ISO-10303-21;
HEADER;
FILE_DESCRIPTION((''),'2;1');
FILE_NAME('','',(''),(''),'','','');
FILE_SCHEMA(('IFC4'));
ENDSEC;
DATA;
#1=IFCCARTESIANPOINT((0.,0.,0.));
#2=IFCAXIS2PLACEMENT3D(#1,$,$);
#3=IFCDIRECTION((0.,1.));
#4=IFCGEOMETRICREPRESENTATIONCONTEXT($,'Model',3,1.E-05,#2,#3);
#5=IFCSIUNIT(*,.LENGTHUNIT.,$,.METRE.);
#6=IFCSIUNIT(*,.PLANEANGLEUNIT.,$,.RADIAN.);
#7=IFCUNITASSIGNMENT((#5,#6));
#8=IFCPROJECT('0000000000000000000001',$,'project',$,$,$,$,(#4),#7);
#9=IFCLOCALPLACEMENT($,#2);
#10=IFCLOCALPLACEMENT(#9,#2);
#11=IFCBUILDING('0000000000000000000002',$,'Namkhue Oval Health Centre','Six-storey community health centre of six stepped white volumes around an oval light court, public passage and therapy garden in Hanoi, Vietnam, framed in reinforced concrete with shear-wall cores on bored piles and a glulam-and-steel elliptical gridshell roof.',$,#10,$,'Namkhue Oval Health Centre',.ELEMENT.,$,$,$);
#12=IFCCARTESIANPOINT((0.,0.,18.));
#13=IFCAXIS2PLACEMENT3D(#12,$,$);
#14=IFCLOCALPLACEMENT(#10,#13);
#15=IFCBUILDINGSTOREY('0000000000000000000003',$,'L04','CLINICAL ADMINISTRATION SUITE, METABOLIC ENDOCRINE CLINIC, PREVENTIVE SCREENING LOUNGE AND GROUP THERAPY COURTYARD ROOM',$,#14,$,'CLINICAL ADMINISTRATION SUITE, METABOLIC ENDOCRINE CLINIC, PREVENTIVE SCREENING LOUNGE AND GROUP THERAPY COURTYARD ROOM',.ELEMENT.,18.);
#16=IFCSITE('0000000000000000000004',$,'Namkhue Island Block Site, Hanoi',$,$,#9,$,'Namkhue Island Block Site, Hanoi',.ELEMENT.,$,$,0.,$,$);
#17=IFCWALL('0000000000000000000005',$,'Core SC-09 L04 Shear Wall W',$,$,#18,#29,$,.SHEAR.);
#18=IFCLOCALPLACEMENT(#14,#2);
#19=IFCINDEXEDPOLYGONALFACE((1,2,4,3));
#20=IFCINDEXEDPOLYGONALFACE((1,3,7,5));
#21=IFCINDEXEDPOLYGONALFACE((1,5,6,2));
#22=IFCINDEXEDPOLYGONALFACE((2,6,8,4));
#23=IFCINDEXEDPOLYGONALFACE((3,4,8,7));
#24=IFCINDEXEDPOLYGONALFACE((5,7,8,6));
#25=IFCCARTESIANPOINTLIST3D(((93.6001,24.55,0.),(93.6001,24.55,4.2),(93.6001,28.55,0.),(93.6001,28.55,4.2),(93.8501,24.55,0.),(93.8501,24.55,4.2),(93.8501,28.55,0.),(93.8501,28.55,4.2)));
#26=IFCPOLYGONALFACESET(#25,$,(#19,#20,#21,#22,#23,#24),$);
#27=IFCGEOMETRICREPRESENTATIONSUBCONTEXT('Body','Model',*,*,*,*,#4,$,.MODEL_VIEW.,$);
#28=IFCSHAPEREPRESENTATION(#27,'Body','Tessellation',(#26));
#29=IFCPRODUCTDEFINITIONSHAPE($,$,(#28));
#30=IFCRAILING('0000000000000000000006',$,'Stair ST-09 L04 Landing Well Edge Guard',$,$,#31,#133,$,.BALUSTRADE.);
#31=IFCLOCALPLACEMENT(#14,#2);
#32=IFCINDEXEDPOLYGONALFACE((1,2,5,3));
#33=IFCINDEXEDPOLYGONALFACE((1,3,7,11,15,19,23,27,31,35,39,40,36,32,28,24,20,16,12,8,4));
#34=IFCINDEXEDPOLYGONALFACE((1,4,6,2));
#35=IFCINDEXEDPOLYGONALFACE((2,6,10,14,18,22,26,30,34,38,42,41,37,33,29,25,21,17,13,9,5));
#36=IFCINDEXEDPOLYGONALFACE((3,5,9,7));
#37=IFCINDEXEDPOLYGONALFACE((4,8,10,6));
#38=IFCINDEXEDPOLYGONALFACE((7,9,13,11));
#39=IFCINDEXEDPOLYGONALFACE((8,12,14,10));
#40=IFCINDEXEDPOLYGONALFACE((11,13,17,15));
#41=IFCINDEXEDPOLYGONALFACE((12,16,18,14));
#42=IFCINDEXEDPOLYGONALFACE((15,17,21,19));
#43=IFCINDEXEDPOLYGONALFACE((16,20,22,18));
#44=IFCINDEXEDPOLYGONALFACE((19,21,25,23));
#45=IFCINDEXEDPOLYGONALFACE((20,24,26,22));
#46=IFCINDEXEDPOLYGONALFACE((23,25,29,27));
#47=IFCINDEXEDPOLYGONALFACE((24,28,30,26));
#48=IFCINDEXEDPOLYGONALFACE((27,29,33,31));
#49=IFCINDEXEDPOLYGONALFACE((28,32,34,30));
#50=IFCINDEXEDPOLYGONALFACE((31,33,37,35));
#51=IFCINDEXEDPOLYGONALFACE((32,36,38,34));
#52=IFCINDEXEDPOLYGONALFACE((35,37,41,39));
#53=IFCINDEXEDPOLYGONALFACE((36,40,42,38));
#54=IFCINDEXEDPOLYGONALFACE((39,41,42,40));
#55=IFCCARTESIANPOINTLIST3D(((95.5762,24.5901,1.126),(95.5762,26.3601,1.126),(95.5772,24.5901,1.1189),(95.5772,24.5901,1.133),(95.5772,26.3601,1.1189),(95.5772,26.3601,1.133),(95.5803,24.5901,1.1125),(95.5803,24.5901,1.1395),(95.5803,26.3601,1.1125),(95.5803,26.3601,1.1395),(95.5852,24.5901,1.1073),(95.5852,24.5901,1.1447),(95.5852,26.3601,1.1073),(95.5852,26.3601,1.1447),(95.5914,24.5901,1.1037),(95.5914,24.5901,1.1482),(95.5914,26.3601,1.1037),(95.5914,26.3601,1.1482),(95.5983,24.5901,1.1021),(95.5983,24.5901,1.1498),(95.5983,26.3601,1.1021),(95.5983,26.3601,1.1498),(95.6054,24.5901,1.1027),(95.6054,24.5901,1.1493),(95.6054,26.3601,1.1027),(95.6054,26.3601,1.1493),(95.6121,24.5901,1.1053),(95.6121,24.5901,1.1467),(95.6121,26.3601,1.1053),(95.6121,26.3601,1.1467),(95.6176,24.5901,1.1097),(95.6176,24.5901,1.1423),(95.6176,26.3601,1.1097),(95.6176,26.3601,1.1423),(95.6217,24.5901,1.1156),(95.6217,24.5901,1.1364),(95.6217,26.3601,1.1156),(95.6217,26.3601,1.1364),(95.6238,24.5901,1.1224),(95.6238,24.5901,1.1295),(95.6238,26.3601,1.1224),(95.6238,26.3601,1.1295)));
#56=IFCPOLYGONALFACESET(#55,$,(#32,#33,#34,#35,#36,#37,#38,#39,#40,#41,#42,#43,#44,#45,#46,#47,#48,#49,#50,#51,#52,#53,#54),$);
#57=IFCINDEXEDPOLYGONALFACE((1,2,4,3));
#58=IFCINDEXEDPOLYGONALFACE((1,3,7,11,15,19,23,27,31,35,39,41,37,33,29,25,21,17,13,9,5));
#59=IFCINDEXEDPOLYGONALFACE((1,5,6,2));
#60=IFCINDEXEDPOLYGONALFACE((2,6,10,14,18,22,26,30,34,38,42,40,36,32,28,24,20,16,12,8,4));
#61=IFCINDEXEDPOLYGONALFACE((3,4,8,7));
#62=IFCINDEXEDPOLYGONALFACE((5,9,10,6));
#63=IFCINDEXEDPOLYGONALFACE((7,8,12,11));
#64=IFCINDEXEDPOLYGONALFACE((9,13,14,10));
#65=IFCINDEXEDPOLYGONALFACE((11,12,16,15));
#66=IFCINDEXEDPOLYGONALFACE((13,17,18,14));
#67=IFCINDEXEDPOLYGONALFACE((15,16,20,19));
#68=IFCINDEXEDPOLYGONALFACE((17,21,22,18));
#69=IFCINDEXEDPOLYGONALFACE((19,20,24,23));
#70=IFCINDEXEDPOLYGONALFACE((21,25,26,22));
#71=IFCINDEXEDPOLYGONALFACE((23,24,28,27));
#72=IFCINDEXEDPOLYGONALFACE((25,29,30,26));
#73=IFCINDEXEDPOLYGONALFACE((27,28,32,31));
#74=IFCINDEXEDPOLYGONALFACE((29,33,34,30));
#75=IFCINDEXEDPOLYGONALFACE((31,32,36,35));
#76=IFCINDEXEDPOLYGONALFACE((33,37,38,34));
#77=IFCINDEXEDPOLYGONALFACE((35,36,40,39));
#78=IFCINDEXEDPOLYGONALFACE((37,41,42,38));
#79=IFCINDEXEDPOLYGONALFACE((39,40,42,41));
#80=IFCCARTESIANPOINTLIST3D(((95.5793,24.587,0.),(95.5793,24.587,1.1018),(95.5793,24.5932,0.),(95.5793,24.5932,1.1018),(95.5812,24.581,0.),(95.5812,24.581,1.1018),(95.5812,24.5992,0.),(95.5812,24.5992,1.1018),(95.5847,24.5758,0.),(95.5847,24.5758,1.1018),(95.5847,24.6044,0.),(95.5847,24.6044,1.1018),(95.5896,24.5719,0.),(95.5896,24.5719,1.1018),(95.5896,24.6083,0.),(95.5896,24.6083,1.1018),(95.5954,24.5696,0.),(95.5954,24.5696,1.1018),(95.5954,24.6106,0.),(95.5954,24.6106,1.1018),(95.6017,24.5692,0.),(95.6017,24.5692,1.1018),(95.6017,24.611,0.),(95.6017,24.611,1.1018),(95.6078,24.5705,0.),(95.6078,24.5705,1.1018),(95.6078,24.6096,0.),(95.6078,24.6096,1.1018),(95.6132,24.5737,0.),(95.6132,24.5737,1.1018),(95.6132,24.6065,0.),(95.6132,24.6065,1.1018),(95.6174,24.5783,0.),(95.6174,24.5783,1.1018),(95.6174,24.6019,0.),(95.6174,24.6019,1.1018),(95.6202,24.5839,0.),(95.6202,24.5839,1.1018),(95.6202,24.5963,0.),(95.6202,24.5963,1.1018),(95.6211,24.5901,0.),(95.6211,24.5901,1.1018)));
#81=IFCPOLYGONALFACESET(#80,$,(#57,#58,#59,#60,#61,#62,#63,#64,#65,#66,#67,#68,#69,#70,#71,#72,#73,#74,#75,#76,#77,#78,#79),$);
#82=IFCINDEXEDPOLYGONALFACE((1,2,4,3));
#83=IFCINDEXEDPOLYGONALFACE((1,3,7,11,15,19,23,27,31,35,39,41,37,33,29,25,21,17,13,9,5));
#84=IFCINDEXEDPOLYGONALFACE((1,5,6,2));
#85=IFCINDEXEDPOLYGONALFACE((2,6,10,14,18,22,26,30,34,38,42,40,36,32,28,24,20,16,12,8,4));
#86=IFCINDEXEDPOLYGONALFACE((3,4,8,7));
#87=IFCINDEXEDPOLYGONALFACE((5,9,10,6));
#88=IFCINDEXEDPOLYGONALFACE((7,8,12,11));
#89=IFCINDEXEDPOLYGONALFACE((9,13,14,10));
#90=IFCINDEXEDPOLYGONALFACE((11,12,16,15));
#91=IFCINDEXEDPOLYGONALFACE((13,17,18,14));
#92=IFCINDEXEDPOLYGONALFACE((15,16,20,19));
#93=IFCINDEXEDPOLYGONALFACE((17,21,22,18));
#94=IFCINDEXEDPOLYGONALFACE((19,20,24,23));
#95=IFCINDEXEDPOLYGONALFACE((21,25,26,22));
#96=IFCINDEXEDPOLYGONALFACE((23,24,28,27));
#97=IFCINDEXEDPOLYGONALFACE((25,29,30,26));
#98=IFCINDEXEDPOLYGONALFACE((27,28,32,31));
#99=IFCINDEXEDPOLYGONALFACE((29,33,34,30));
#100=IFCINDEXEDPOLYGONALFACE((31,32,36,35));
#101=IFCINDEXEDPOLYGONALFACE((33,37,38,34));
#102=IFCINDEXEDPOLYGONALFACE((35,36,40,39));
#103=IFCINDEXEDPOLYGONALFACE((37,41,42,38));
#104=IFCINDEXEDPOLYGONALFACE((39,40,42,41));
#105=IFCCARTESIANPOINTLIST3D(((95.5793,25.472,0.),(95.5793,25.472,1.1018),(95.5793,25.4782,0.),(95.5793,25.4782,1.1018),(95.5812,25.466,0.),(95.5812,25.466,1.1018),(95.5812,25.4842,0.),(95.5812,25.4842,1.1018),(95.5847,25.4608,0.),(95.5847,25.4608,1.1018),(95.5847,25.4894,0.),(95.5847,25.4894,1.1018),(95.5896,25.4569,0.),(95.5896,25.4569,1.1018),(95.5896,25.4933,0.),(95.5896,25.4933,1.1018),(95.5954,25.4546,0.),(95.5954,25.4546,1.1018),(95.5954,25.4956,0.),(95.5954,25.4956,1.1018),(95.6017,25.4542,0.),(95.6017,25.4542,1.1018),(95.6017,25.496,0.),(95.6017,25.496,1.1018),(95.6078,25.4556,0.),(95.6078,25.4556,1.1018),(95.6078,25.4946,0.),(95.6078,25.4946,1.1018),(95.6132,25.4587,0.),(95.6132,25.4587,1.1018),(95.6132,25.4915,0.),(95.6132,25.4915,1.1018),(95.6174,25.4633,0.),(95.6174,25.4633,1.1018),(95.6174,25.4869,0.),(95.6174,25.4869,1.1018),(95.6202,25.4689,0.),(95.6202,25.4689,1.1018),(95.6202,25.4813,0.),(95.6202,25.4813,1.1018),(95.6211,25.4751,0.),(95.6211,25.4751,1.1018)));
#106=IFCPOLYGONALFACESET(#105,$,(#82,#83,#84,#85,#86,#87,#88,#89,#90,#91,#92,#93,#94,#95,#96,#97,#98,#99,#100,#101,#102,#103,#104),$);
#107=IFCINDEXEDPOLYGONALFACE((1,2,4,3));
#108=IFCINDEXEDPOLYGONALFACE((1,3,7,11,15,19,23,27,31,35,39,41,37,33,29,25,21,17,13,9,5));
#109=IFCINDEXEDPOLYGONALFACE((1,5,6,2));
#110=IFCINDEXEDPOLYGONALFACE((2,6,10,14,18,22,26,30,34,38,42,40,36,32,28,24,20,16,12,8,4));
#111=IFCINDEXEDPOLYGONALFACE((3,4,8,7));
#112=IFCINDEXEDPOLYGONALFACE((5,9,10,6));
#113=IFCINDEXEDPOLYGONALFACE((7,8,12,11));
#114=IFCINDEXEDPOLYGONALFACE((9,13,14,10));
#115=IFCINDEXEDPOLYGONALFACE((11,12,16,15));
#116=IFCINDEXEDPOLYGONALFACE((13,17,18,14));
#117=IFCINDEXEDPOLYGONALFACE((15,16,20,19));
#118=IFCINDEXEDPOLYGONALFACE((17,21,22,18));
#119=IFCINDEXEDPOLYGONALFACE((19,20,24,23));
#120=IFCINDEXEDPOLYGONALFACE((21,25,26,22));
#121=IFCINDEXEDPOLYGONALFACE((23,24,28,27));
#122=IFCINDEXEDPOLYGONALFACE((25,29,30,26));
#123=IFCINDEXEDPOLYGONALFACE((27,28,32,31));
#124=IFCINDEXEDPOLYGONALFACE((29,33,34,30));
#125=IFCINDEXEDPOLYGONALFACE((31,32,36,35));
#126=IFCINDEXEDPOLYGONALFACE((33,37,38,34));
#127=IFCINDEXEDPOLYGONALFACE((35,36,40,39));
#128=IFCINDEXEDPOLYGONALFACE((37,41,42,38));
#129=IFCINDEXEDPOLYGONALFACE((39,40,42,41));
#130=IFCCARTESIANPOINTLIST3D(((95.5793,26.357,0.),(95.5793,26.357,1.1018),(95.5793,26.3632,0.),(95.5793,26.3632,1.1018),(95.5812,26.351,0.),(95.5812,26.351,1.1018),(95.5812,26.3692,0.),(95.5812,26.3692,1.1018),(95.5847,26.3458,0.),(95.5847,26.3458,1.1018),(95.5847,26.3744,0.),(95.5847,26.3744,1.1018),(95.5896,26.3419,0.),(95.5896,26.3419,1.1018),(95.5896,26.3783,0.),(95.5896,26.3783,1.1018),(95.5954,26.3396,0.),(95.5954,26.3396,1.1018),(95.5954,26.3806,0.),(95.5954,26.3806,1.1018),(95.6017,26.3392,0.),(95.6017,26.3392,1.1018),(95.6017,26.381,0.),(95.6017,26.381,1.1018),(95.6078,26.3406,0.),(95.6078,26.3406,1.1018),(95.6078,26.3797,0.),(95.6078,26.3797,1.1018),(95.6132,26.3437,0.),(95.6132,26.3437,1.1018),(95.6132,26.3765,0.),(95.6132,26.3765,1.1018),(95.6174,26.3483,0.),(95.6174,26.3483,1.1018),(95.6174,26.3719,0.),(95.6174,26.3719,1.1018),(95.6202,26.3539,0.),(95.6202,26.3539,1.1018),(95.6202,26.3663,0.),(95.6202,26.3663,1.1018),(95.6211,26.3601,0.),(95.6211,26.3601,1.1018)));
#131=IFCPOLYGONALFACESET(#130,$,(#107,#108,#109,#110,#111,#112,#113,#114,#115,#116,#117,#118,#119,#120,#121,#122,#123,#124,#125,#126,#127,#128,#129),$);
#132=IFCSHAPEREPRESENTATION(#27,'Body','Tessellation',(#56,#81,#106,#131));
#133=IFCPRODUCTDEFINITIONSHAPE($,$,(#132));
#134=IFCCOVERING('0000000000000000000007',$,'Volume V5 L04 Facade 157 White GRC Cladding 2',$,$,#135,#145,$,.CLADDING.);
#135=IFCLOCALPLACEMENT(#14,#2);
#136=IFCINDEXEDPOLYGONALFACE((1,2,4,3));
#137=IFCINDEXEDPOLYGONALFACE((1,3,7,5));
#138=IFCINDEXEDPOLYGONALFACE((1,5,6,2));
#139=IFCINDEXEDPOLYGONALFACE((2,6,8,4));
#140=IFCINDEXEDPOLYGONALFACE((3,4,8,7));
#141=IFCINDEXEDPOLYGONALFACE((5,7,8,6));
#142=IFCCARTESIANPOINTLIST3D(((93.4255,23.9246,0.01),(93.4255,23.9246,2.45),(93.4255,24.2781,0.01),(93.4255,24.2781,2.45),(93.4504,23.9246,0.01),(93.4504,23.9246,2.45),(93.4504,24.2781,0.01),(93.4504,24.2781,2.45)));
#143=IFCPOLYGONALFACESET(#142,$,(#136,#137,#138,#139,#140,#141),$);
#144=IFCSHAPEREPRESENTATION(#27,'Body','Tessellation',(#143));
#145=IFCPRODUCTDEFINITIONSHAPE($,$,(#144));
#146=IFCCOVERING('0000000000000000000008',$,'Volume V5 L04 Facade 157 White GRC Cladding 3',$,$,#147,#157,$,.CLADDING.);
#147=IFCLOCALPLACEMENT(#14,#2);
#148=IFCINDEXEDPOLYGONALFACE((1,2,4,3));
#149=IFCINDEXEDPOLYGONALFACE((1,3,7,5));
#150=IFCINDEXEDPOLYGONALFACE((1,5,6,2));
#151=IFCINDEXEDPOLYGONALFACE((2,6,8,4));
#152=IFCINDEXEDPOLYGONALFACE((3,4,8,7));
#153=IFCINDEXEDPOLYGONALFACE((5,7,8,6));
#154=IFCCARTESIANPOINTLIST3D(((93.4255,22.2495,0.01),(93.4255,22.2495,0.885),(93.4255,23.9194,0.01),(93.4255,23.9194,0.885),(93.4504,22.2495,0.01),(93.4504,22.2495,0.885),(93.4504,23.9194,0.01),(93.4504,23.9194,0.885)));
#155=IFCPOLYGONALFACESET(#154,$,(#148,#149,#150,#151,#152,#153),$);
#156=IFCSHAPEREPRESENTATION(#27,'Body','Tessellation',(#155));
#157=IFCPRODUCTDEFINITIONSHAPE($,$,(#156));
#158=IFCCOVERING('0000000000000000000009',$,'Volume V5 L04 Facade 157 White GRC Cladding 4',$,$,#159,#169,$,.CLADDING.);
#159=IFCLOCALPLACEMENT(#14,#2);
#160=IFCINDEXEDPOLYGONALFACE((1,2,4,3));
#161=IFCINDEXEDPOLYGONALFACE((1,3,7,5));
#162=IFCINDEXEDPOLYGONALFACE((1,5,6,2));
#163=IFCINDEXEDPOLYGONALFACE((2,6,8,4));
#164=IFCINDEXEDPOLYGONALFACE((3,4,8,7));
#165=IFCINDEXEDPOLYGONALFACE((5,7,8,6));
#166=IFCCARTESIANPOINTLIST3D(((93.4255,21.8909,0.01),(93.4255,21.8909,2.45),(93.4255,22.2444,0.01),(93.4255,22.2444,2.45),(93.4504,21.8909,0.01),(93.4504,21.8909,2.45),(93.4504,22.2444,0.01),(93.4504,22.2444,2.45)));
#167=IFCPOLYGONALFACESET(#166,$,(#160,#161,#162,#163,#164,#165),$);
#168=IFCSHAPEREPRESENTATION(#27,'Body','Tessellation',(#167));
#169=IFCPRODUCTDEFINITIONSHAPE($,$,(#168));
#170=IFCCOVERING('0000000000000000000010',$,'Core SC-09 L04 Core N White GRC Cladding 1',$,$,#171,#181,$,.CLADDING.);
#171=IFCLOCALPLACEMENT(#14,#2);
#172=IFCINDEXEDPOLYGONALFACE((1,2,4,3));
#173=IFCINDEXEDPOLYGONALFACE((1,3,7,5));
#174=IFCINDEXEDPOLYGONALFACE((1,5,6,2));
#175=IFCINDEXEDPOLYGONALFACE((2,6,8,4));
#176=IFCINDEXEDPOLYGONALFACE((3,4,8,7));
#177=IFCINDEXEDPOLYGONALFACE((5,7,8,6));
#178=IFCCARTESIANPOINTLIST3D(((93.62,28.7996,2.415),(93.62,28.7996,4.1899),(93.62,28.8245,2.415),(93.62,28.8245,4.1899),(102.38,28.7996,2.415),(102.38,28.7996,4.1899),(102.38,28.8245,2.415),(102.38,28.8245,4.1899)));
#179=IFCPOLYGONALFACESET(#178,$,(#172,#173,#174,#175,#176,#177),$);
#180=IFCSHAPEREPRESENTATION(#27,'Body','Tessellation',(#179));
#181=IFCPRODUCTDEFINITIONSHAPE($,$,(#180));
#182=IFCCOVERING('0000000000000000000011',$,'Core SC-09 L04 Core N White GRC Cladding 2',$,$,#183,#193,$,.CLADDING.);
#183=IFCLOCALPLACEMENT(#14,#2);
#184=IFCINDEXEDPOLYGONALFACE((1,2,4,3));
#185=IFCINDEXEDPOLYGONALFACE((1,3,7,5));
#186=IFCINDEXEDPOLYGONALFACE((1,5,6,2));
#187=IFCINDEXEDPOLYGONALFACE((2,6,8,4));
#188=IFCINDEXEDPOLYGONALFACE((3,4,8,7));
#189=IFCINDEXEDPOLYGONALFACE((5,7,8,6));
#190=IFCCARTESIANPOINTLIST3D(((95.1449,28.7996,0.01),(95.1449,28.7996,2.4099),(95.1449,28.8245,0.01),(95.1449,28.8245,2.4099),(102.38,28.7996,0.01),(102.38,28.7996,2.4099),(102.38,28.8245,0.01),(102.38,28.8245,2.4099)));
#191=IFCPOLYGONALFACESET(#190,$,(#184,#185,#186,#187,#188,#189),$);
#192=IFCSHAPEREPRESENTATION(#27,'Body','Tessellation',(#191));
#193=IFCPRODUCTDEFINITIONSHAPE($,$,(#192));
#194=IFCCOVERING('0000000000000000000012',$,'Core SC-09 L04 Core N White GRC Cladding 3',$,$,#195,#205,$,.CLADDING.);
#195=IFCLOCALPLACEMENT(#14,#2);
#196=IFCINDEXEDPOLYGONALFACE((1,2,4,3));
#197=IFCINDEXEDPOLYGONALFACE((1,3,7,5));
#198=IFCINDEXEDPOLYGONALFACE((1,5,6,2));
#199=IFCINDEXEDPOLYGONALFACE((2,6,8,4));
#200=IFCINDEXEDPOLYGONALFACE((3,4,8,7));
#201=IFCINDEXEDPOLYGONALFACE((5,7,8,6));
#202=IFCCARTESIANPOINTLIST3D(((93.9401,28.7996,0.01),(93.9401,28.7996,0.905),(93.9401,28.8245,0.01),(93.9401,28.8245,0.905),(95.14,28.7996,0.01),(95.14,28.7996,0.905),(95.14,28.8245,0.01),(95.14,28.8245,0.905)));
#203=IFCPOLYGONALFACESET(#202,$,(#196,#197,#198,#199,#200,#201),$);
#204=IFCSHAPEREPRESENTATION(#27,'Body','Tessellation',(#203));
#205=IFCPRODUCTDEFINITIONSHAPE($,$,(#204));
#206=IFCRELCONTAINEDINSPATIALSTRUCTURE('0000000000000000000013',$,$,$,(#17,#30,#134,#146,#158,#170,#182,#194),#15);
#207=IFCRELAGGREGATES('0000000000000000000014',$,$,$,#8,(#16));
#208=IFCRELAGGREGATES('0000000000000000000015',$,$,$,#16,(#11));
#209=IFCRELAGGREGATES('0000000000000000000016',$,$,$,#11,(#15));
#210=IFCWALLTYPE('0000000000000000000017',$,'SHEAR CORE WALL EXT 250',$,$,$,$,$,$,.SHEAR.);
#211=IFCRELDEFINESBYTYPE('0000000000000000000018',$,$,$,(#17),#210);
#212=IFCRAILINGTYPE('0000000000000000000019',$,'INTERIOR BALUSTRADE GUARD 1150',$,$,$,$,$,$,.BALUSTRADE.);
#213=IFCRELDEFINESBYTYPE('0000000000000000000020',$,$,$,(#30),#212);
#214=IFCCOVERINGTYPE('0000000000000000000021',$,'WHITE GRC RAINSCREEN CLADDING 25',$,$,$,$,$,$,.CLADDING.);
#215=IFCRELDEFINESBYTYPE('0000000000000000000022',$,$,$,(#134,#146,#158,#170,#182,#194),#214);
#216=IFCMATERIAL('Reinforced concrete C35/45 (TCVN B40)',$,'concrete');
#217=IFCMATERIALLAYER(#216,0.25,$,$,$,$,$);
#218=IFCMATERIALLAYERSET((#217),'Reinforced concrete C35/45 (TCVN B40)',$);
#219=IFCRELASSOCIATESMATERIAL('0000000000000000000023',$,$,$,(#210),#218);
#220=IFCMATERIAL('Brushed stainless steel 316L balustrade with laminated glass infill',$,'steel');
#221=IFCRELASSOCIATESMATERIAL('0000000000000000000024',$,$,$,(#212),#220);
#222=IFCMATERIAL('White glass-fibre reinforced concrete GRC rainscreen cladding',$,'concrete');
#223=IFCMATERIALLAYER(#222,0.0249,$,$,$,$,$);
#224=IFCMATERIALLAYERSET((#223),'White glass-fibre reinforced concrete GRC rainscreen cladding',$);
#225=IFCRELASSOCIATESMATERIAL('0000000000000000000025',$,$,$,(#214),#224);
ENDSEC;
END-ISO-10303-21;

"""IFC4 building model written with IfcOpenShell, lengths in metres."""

from ifc_helpers import new_model, si_unit, direction, frame, frame_2d, origin, origin_2d, place, context, subcontext, project, spatial, rectangle, circle, extrude, material, layer, layer_set, type_object, element, save


model = new_model("IFC4")

# Units and contexts
model_context = context("Model", 3, precision=1e-05, world=origin(), true_north=direction((0.0, 1.0)))
body_context = subcontext(model_context, "Body", "Model", "MODEL_VIEW")
ifc_project = project(units=[si_unit("LENGTHUNIT", "METRE"), si_unit("PLANEANGLEUNIT", "RADIAN")], contexts=[model_context])

# Site, building, storey
site_placement = place(None, origin())
site = spatial("IfcSite", under=ifc_project, at=site_placement, Name="Namkhue Island Block Site, Hanoi", LongName="Namkhue Island Block Site, Hanoi", CompositionType="ELEMENT", RefElevation=0.0)
building_placement = place(site_placement, origin())
building = spatial("IfcBuilding", under=site, at=building_placement, Name="Namkhue Oval Health Centre", Description="Six-storey community health centre of six stepped white volumes around an oval light court, public passage and therapy garden in Hanoi, Vietnam, framed in reinforced concrete with shear-wall cores on bored piles and a glulam-and-steel elliptical gridshell roof.", LongName="Namkhue Oval Health Centre", CompositionType="ELEMENT")
storey_placement = place(building_placement, frame((0.0, 0.0, 18.0)))
storey = spatial("IfcBuildingStorey", under=building, at=storey_placement, Name="L04", Description="CLINICAL ADMINISTRATION SUITE, METABOLIC ENDOCRINE CLINIC, PREVENTIVE SCREENING LOUNGE AND GROUP THERAPY COURTYARD ROOM", LongName="CLINICAL ADMINISTRATION SUITE, METABOLIC ENDOCRINE CLINIC, PREVENTIVE SCREENING LOUNGE AND GROUP THERAPY COURTYARD ROOM", CompositionType="ELEMENT", Elevation=18.0)

# Shared definitions
ifc_material_1 = material(Name="Reinforced concrete C35/45 (TCVN B40)", Category="concrete")

# Wall
ifc_layer_1 = layer(ifc_material_1, 0.25)
ifc_layer_set_1 = layer_set([ifc_layer_1], Name="Reinforced concrete C35/45 (TCVN B40)")
wall_type_1 = type_object("IfcWallType", Name="SHEAR CORE WALL EXT 250", PredefinedType="SHEAR", material=ifc_layer_set_1)
wall_1_placement = place(storey_placement, frame((93.7251, 28.55, 0.0), z_axis=(0.0, 0.0, 1.0), x_axis=(0.0, -1.0, 0.0)))
element("IfcWall", 1, at=wall_1_placement, inside=storey, type_object=wall_type_1, Name="Core SC-09 L04 Shear Wall W", PredefinedType="SHEAR", context=body_context, shape_type="SweptSolid", body=[
    extrude(rectangle(XDim=4.0, YDim=0.25, at=frame_2d((2.0, 0.0))), origin(), (0.0, 0.0, 1.0), 4.2),
])

# Railing
ifc_material_2 = material(Name="Brushed stainless steel 316L balustrade with laminated glass infill", Category="steel")
railing_type = type_object("IfcRailingType", Name="INTERIOR BALUSTRADE GUARD 1150", PredefinedType="BALUSTRADE", material=ifc_material_2)
railing_placement = place(storey_placement, frame((95.6001, 24.5901, 0.0)))
element("IfcRailing", 2, at=railing_placement, inside=storey, type_object=railing_type, Name="Stair ST-09 L04 Landing Well Edge Guard", PredefinedType="BALUSTRADE", context=body_context, shape_type="SweptSolid", body=[
    extrude(circle(Radius=0.0239, at=origin_2d()), frame((0.0, 0.0, 1.126), z_axis=(0.0, 1.0, 0.0), x_axis=(-1.0, 0.0, 0.0)), (0.0, 0.0, 1.0), 1.77),
    extrude(circle(Radius=0.021, at=origin_2d()), origin(), (0.0, 0.0, 1.0), 1.1018),
    extrude(circle(Radius=0.021, at=origin_2d()), frame((0.0, 0.885, 0.0)), (0.0, 0.0, 1.0), 1.1018),
    extrude(circle(Radius=0.021, at=origin_2d()), frame((0.0, 1.77, 0.0)), (0.0, 0.0, 1.0), 1.1018),
])

# Coverings
ifc_material_3 = material(Name="White glass-fibre reinforced concrete GRC rainscreen cladding", Category="concrete")
ifc_layer_2 = layer(ifc_material_3, 0.0249)
ifc_layer_set_2 = layer_set([ifc_layer_2], Name="White glass-fibre reinforced concrete GRC rainscreen cladding")
covering_type = type_object("IfcCoveringType", Name="WHITE GRC RAINSCREEN CLADDING 25", PredefinedType="CLADDING", material=ifc_layer_set_2)
covering_1_placement = place(storey_placement, frame((93.438, 24.1013, 0.01), z_axis=(0.0, 0.0, 1.0), x_axis=(0.0, -1.0, 0.0)))
element("IfcCovering", 3, at=covering_1_placement, inside=storey, type_object=covering_type, Name="Volume V5 L04 Facade 157 White GRC Cladding 2", PredefinedType="CLADDING", context=body_context, shape_type="SweptSolid", body=[
    extrude(rectangle(XDim=0.3535, YDim=0.0249, at=origin_2d()), origin(), (0.0, 0.0, 1.0), 2.4399),
])
covering_2_placement = place(storey_placement, frame((93.438, 23.0845, 0.01), z_axis=(0.0, 0.0, 1.0), x_axis=(0.0, -1.0, 0.0)))
element("IfcCovering", 4, at=covering_2_placement, inside=storey, type_object=covering_type, Name="Volume V5 L04 Facade 157 White GRC Cladding 3", PredefinedType="CLADDING", context=body_context, shape_type="SweptSolid", body=[
    extrude(rectangle(XDim=1.6699, YDim=0.0249, at=origin_2d()), origin(), (0.0, 0.0, 1.0), 0.875),
])
covering_3_placement = place(storey_placement, frame((93.438, 22.0676, 0.01), z_axis=(0.0, 0.0, 1.0), x_axis=(0.0, -1.0, 0.0)))
element("IfcCovering", 5, at=covering_3_placement, inside=storey, type_object=covering_type, Name="Volume V5 L04 Facade 157 White GRC Cladding 4", PredefinedType="CLADDING", context=body_context, shape_type="SweptSolid", body=[
    extrude(rectangle(XDim=0.3535, YDim=0.0249, at=origin_2d()), origin(), (0.0, 0.0, 1.0), 2.4399),
])
covering_4_placement = place(storey_placement, frame((98.0, 28.812, 2.415), z_axis=(0.0, 0.0, 1.0), x_axis=(-1.0, 0.0, 0.0)))
element("IfcCovering", 6, at=covering_4_placement, inside=storey, type_object=covering_type, Name="Core SC-09 L04 Core N White GRC Cladding 1", PredefinedType="CLADDING", context=body_context, shape_type="SweptSolid", body=[
    extrude(rectangle(XDim=8.76, YDim=0.0249, at=origin_2d()), origin(), (0.0, 0.0, 1.0), 1.7749),
])
covering_5_placement = place(storey_placement, frame((98.7625, 28.812, 0.01), z_axis=(0.0, 0.0, 1.0), x_axis=(-1.0, 0.0, 0.0)))
element("IfcCovering", 7, at=covering_5_placement, inside=storey, type_object=covering_type, Name="Core SC-09 L04 Core N White GRC Cladding 2", PredefinedType="CLADDING", context=body_context, shape_type="SweptSolid", body=[
    extrude(rectangle(XDim=7.2351, YDim=0.0249, at=origin_2d()), origin(), (0.0, 0.0, 1.0), 2.3999),
])
covering_6_placement = place(storey_placement, frame((94.54, 28.812, 0.01), z_axis=(0.0, 0.0, 1.0), x_axis=(-1.0, 0.0, 0.0)))
element("IfcCovering", 8, at=covering_6_placement, inside=storey, type_object=covering_type, Name="Core SC-09 L04 Core N White GRC Cladding 3", PredefinedType="CLADDING", context=body_context, shape_type="SweptSolid", body=[
    extrude(rectangle(XDim=1.2, YDim=0.0249, at=origin_2d()), origin(), (0.0, 0.0, 1.0), 0.895),
])

save(model, "model.ifc")
